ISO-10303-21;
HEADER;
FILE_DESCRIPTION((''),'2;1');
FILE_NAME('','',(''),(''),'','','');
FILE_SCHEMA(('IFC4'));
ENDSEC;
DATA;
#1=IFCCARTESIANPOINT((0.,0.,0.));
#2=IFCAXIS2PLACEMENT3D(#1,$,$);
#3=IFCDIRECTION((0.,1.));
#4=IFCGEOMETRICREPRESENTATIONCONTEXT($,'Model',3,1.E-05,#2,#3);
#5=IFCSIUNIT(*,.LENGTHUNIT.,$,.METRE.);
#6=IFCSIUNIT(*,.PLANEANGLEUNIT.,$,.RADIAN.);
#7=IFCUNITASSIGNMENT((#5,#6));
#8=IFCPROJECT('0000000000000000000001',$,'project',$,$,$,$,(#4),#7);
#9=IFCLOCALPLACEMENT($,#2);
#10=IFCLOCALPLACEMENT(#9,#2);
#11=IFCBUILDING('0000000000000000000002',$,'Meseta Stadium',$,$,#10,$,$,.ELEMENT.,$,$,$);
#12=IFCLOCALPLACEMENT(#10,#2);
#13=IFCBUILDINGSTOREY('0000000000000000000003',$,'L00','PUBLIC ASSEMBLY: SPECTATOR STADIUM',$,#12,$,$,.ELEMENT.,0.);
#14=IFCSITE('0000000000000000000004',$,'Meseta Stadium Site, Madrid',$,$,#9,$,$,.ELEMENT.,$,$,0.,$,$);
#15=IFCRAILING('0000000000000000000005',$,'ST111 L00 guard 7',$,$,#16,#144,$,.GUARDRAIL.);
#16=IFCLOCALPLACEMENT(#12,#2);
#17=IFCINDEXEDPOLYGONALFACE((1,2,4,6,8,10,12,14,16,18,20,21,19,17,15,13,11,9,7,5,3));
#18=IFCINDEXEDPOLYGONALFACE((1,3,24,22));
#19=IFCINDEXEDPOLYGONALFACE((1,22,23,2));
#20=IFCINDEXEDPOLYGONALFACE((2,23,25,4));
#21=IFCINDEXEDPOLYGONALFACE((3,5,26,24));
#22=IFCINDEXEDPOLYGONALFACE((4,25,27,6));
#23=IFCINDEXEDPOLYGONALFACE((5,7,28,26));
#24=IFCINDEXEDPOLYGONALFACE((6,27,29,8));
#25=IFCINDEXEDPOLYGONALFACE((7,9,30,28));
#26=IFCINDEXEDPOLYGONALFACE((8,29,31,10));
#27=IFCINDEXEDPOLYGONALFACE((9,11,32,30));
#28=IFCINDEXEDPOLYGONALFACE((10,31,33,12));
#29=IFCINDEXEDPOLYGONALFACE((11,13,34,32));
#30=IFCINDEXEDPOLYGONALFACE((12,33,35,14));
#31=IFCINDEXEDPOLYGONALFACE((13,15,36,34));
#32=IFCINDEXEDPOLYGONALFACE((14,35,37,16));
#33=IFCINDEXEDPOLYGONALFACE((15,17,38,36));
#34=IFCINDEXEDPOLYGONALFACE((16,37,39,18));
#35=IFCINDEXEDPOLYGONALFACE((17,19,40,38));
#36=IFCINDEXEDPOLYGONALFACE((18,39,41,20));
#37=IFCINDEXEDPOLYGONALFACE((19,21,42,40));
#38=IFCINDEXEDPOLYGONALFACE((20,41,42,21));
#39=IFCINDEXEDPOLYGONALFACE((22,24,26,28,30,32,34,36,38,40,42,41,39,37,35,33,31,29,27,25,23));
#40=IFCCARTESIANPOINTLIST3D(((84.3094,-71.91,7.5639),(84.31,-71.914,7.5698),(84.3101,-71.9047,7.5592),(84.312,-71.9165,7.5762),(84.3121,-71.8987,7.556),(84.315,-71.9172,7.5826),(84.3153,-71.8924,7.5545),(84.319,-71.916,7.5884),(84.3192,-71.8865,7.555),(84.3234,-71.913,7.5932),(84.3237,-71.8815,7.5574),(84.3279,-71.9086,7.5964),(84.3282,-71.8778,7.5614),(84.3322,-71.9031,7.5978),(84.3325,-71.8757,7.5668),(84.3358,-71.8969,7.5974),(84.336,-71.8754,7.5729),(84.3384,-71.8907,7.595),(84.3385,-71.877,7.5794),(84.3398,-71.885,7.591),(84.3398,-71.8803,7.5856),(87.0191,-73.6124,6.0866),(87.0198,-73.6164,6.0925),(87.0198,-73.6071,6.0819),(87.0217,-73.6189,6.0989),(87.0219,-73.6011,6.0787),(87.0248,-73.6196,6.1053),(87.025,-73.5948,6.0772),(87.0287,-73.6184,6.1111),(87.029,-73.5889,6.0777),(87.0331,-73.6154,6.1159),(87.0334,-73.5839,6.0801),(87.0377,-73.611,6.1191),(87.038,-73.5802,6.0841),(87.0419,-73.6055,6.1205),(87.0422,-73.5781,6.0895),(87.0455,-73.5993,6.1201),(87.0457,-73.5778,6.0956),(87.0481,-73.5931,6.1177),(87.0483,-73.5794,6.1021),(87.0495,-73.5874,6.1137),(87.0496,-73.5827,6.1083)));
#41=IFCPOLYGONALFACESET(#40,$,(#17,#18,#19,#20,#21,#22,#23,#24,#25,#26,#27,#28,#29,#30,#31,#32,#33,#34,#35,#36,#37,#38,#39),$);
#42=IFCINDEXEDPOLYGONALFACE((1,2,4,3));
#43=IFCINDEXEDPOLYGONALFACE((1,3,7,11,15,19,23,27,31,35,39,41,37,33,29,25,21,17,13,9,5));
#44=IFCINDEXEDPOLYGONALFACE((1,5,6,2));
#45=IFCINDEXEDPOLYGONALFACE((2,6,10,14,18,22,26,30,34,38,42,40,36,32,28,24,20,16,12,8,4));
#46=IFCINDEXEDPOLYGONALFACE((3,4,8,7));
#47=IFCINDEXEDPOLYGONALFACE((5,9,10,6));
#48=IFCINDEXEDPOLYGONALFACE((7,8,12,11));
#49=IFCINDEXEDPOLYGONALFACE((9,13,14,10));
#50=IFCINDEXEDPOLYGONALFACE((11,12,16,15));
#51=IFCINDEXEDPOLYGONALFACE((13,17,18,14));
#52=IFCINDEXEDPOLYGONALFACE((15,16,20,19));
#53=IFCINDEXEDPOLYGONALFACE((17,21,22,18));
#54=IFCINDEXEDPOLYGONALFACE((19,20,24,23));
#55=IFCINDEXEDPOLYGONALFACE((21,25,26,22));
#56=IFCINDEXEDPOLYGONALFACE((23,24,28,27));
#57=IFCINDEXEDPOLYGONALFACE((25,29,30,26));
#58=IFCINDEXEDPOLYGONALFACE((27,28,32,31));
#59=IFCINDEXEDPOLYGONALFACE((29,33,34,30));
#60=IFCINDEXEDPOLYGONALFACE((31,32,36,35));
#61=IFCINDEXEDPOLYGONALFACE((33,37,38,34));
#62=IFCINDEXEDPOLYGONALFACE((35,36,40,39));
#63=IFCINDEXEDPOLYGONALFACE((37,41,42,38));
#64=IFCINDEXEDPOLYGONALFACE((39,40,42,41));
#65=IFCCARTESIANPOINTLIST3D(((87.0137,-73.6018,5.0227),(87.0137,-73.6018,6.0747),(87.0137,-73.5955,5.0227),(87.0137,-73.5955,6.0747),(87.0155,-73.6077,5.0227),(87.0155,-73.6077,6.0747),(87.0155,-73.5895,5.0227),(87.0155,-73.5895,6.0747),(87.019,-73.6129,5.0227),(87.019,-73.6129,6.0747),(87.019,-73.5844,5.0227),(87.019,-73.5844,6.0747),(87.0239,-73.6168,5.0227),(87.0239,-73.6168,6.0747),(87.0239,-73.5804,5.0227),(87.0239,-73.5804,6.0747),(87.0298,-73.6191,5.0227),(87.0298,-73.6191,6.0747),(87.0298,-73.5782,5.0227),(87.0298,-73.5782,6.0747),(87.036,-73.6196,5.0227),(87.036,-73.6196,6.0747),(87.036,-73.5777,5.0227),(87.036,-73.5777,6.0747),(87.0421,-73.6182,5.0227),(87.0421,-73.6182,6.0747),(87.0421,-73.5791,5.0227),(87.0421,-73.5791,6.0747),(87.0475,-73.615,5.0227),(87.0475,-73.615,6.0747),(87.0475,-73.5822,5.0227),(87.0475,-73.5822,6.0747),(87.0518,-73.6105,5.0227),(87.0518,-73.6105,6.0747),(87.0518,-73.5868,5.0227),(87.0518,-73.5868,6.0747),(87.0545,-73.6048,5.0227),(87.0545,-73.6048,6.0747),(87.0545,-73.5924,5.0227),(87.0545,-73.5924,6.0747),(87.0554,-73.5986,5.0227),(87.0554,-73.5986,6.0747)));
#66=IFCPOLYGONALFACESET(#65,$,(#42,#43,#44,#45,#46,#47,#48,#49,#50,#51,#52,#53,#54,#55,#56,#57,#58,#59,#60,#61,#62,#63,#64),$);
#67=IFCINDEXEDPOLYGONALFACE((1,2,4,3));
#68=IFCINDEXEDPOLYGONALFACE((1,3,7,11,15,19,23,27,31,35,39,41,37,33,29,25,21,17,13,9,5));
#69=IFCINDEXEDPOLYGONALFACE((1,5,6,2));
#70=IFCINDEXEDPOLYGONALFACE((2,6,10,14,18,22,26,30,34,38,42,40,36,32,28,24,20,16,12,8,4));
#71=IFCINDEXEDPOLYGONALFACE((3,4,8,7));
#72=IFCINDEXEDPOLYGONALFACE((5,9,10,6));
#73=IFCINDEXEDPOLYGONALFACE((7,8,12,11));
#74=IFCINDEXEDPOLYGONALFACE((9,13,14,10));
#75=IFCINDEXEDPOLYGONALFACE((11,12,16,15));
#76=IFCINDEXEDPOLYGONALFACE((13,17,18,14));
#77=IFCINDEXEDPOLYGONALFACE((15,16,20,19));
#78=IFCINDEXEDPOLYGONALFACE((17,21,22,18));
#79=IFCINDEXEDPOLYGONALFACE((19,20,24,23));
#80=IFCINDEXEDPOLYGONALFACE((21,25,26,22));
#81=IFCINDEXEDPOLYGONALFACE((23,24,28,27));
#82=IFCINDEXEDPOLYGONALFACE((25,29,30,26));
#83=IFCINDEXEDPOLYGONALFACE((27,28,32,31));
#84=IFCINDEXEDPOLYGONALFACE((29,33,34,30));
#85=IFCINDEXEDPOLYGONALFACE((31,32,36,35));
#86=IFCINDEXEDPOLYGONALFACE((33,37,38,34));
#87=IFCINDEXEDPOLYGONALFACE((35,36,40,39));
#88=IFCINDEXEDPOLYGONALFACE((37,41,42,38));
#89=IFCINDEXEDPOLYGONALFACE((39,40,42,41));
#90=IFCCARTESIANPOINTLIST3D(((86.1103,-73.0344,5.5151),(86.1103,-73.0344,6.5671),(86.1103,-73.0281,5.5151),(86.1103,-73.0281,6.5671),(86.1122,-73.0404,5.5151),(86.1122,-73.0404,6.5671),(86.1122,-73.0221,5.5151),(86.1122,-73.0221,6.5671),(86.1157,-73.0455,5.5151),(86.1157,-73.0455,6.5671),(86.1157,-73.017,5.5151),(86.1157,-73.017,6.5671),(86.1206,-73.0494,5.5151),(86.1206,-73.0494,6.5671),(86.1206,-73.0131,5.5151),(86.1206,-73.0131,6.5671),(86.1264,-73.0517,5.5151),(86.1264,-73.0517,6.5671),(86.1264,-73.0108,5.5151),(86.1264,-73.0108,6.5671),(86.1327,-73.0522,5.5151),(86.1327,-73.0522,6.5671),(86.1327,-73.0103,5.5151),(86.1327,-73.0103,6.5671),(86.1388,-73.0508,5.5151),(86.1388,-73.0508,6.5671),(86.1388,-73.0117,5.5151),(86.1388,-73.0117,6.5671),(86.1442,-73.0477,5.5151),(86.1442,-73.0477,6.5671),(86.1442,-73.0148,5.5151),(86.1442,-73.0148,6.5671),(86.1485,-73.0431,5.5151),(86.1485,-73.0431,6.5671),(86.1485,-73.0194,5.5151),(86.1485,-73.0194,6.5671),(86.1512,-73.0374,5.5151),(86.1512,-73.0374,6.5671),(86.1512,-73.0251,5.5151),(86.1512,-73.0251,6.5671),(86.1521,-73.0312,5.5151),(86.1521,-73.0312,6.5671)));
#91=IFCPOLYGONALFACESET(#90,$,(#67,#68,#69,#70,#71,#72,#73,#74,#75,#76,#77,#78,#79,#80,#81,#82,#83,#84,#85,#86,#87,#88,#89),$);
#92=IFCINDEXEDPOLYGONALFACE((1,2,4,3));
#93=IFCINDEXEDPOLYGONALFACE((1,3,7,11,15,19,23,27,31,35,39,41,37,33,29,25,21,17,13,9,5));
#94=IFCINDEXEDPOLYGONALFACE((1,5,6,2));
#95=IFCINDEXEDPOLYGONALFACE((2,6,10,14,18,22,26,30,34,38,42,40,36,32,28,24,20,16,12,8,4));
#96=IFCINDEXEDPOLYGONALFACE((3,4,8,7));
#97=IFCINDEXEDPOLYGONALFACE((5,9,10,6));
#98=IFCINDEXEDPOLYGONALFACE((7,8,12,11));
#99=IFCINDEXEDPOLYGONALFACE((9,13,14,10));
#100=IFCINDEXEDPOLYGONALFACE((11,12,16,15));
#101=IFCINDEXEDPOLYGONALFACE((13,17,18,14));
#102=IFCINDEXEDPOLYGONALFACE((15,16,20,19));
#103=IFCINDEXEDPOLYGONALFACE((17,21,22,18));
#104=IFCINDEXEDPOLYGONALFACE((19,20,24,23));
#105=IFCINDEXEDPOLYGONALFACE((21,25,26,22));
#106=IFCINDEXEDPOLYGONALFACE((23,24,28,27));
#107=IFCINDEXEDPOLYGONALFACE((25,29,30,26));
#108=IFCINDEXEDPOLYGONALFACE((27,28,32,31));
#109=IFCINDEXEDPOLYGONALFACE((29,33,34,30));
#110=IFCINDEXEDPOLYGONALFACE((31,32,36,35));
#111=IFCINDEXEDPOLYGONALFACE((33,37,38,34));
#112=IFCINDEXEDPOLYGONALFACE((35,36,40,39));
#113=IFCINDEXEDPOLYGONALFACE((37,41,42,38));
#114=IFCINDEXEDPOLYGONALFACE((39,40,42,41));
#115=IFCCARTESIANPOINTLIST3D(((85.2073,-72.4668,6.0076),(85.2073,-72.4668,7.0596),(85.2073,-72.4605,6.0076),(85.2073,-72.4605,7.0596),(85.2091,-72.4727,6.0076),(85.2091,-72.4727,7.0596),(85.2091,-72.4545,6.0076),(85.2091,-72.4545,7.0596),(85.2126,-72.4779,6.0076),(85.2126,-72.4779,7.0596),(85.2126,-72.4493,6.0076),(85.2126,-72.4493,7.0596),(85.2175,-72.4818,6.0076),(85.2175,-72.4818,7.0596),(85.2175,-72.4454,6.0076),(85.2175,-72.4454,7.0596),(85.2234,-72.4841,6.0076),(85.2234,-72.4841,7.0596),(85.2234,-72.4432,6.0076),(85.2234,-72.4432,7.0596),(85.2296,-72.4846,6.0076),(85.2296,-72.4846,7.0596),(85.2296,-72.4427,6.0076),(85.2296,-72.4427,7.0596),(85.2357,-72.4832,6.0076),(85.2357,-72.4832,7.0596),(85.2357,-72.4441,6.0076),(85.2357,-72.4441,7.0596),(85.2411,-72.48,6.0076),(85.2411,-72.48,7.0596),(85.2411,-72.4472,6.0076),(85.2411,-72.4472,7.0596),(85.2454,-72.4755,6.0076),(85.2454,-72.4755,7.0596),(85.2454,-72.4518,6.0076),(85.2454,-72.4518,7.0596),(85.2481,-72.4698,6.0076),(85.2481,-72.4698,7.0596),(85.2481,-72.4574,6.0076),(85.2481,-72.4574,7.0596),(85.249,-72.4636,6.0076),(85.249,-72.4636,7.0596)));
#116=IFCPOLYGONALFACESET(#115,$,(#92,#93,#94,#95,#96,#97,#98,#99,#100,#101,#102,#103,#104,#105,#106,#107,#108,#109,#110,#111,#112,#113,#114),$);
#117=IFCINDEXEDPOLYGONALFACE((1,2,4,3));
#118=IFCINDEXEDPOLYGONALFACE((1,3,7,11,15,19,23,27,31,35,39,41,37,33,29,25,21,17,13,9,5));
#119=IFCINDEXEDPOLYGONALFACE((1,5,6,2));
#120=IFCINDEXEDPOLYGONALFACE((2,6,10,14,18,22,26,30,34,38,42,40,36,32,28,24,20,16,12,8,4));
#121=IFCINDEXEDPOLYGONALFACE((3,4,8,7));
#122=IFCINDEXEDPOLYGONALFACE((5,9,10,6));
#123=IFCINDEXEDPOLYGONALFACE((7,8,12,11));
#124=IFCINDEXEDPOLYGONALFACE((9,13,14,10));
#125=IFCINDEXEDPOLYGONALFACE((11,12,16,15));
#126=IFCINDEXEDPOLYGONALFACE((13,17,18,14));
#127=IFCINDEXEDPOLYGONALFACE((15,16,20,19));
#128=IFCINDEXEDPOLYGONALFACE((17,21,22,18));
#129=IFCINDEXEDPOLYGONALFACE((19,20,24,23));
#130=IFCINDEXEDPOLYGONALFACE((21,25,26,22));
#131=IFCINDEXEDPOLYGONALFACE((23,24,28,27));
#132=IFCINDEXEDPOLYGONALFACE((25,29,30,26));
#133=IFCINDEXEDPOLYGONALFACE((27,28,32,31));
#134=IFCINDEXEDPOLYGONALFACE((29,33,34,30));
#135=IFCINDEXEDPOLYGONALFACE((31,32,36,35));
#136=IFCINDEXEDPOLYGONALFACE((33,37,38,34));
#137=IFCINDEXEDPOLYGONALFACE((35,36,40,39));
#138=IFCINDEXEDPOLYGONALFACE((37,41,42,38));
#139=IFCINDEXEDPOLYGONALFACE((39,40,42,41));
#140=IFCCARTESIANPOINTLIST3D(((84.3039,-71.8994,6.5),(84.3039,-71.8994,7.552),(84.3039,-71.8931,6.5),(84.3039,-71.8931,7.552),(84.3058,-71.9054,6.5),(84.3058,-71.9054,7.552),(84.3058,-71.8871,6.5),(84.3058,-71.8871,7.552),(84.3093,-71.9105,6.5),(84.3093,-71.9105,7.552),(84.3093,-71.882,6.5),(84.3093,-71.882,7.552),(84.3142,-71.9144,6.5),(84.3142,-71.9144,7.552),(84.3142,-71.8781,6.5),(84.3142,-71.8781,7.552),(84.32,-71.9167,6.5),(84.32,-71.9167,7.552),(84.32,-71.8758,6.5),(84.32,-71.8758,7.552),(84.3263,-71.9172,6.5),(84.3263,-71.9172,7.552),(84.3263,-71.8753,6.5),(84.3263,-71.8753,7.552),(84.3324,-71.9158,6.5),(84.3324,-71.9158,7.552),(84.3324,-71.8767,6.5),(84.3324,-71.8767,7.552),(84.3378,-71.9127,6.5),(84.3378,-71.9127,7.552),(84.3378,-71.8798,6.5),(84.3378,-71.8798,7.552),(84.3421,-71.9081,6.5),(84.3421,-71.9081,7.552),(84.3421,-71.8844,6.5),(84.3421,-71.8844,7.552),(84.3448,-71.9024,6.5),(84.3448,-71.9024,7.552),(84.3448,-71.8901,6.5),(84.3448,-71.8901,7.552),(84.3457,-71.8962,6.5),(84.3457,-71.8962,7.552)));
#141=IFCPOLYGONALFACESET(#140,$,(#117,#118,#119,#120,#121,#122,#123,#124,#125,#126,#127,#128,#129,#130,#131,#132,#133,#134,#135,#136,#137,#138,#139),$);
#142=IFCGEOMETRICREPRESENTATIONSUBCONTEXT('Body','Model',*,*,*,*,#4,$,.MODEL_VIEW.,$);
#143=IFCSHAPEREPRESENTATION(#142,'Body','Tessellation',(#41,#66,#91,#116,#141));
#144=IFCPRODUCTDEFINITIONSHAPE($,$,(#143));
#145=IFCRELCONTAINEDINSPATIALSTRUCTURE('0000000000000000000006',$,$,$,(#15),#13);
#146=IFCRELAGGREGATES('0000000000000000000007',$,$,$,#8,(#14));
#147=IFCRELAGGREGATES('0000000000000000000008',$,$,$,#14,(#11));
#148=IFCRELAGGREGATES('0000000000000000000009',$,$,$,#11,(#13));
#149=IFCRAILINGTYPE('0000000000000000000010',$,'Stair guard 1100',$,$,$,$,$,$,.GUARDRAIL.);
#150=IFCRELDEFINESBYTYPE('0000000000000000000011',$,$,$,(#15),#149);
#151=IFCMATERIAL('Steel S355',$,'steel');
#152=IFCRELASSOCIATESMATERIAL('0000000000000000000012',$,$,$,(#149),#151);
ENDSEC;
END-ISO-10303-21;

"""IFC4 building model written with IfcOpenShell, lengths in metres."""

from ifc_helpers import new_model, si_unit, direction, frame, origin, origin_2d, place, context, subcontext, project, spatial, circle, extrude, material, type_object, element, save


model = new_model("IFC4")

# Units and contexts
model_context = context("Model", 3, precision=1e-05, world=origin(), true_north=direction((0.0, 1.0)))
body_context = subcontext(model_context, "Body", "Model", "MODEL_VIEW")
ifc_project = project(units=[si_unit("LENGTHUNIT", "METRE"), si_unit("PLANEANGLEUNIT", "RADIAN")], contexts=[model_context])

# Site, building, storey
site_placement = place(None, origin())
site = spatial("IfcSite", under=ifc_project, at=site_placement, Name="Meseta Stadium Site, Madrid", CompositionType="ELEMENT", RefElevation=0.0)
building_placement = place(site_placement, origin())
building = spatial("IfcBuilding", under=site, at=building_placement, Name="Meseta Stadium", CompositionType="ELEMENT")
storey_placement = place(building_placement, origin())
storey = spatial("IfcBuildingStorey", under=building, at=storey_placement, Name="L00", Description="PUBLIC ASSEMBLY: SPECTATOR STADIUM", CompositionType="ELEMENT", Elevation=0.0)

# Railing
ifc_material_1 = material(Name="Steel S355", Category="steel")
railing_type_1 = type_object("IfcRailingType", Name="Stair guard 1100", PredefinedType="GUARDRAIL", material=ifc_material_1)
railing_1_placement = place(storey_placement, frame((87.0344, -73.5986, 5.0227)))
element("IfcRailing", 1, at=railing_1_placement, inside=storey, type_object=railing_type_1, Name="ST111 L00 guard 7", PredefinedType="GUARDRAIL", context=body_context, shape_type="SweptSolid", body=[
    extrude(circle(Radius=0.0239, at=origin_2d()), frame((0.0, 0.0, 1.0762), z_axis=(-0.768792, 0.482997, 0.419133), x_axis=(-0.531979, -0.846757, 0.0)), (0.0, 0.0, 1.0), 3.5247),
    extrude(circle(Radius=0.021, at=origin_2d()), origin(), (0.0, 0.0, 1.0), 1.052),
    extrude(circle(Radius=0.021, at=origin_2d()), frame((-0.9033, 0.5674, 0.4924)), (0.0, 0.0, 1.0), 1.052),
    extrude(circle(Radius=0.021, at=origin_2d()), frame((-1.8064, 1.135, 0.9849)), (0.0, 0.0, 1.0), 1.052),
    extrude(circle(Radius=0.021, at=origin_2d()), frame((-2.7097, 1.7024, 1.4773)), (0.0, 0.0, 1.0), 1.052),
])

save(model, "model.ifc")
